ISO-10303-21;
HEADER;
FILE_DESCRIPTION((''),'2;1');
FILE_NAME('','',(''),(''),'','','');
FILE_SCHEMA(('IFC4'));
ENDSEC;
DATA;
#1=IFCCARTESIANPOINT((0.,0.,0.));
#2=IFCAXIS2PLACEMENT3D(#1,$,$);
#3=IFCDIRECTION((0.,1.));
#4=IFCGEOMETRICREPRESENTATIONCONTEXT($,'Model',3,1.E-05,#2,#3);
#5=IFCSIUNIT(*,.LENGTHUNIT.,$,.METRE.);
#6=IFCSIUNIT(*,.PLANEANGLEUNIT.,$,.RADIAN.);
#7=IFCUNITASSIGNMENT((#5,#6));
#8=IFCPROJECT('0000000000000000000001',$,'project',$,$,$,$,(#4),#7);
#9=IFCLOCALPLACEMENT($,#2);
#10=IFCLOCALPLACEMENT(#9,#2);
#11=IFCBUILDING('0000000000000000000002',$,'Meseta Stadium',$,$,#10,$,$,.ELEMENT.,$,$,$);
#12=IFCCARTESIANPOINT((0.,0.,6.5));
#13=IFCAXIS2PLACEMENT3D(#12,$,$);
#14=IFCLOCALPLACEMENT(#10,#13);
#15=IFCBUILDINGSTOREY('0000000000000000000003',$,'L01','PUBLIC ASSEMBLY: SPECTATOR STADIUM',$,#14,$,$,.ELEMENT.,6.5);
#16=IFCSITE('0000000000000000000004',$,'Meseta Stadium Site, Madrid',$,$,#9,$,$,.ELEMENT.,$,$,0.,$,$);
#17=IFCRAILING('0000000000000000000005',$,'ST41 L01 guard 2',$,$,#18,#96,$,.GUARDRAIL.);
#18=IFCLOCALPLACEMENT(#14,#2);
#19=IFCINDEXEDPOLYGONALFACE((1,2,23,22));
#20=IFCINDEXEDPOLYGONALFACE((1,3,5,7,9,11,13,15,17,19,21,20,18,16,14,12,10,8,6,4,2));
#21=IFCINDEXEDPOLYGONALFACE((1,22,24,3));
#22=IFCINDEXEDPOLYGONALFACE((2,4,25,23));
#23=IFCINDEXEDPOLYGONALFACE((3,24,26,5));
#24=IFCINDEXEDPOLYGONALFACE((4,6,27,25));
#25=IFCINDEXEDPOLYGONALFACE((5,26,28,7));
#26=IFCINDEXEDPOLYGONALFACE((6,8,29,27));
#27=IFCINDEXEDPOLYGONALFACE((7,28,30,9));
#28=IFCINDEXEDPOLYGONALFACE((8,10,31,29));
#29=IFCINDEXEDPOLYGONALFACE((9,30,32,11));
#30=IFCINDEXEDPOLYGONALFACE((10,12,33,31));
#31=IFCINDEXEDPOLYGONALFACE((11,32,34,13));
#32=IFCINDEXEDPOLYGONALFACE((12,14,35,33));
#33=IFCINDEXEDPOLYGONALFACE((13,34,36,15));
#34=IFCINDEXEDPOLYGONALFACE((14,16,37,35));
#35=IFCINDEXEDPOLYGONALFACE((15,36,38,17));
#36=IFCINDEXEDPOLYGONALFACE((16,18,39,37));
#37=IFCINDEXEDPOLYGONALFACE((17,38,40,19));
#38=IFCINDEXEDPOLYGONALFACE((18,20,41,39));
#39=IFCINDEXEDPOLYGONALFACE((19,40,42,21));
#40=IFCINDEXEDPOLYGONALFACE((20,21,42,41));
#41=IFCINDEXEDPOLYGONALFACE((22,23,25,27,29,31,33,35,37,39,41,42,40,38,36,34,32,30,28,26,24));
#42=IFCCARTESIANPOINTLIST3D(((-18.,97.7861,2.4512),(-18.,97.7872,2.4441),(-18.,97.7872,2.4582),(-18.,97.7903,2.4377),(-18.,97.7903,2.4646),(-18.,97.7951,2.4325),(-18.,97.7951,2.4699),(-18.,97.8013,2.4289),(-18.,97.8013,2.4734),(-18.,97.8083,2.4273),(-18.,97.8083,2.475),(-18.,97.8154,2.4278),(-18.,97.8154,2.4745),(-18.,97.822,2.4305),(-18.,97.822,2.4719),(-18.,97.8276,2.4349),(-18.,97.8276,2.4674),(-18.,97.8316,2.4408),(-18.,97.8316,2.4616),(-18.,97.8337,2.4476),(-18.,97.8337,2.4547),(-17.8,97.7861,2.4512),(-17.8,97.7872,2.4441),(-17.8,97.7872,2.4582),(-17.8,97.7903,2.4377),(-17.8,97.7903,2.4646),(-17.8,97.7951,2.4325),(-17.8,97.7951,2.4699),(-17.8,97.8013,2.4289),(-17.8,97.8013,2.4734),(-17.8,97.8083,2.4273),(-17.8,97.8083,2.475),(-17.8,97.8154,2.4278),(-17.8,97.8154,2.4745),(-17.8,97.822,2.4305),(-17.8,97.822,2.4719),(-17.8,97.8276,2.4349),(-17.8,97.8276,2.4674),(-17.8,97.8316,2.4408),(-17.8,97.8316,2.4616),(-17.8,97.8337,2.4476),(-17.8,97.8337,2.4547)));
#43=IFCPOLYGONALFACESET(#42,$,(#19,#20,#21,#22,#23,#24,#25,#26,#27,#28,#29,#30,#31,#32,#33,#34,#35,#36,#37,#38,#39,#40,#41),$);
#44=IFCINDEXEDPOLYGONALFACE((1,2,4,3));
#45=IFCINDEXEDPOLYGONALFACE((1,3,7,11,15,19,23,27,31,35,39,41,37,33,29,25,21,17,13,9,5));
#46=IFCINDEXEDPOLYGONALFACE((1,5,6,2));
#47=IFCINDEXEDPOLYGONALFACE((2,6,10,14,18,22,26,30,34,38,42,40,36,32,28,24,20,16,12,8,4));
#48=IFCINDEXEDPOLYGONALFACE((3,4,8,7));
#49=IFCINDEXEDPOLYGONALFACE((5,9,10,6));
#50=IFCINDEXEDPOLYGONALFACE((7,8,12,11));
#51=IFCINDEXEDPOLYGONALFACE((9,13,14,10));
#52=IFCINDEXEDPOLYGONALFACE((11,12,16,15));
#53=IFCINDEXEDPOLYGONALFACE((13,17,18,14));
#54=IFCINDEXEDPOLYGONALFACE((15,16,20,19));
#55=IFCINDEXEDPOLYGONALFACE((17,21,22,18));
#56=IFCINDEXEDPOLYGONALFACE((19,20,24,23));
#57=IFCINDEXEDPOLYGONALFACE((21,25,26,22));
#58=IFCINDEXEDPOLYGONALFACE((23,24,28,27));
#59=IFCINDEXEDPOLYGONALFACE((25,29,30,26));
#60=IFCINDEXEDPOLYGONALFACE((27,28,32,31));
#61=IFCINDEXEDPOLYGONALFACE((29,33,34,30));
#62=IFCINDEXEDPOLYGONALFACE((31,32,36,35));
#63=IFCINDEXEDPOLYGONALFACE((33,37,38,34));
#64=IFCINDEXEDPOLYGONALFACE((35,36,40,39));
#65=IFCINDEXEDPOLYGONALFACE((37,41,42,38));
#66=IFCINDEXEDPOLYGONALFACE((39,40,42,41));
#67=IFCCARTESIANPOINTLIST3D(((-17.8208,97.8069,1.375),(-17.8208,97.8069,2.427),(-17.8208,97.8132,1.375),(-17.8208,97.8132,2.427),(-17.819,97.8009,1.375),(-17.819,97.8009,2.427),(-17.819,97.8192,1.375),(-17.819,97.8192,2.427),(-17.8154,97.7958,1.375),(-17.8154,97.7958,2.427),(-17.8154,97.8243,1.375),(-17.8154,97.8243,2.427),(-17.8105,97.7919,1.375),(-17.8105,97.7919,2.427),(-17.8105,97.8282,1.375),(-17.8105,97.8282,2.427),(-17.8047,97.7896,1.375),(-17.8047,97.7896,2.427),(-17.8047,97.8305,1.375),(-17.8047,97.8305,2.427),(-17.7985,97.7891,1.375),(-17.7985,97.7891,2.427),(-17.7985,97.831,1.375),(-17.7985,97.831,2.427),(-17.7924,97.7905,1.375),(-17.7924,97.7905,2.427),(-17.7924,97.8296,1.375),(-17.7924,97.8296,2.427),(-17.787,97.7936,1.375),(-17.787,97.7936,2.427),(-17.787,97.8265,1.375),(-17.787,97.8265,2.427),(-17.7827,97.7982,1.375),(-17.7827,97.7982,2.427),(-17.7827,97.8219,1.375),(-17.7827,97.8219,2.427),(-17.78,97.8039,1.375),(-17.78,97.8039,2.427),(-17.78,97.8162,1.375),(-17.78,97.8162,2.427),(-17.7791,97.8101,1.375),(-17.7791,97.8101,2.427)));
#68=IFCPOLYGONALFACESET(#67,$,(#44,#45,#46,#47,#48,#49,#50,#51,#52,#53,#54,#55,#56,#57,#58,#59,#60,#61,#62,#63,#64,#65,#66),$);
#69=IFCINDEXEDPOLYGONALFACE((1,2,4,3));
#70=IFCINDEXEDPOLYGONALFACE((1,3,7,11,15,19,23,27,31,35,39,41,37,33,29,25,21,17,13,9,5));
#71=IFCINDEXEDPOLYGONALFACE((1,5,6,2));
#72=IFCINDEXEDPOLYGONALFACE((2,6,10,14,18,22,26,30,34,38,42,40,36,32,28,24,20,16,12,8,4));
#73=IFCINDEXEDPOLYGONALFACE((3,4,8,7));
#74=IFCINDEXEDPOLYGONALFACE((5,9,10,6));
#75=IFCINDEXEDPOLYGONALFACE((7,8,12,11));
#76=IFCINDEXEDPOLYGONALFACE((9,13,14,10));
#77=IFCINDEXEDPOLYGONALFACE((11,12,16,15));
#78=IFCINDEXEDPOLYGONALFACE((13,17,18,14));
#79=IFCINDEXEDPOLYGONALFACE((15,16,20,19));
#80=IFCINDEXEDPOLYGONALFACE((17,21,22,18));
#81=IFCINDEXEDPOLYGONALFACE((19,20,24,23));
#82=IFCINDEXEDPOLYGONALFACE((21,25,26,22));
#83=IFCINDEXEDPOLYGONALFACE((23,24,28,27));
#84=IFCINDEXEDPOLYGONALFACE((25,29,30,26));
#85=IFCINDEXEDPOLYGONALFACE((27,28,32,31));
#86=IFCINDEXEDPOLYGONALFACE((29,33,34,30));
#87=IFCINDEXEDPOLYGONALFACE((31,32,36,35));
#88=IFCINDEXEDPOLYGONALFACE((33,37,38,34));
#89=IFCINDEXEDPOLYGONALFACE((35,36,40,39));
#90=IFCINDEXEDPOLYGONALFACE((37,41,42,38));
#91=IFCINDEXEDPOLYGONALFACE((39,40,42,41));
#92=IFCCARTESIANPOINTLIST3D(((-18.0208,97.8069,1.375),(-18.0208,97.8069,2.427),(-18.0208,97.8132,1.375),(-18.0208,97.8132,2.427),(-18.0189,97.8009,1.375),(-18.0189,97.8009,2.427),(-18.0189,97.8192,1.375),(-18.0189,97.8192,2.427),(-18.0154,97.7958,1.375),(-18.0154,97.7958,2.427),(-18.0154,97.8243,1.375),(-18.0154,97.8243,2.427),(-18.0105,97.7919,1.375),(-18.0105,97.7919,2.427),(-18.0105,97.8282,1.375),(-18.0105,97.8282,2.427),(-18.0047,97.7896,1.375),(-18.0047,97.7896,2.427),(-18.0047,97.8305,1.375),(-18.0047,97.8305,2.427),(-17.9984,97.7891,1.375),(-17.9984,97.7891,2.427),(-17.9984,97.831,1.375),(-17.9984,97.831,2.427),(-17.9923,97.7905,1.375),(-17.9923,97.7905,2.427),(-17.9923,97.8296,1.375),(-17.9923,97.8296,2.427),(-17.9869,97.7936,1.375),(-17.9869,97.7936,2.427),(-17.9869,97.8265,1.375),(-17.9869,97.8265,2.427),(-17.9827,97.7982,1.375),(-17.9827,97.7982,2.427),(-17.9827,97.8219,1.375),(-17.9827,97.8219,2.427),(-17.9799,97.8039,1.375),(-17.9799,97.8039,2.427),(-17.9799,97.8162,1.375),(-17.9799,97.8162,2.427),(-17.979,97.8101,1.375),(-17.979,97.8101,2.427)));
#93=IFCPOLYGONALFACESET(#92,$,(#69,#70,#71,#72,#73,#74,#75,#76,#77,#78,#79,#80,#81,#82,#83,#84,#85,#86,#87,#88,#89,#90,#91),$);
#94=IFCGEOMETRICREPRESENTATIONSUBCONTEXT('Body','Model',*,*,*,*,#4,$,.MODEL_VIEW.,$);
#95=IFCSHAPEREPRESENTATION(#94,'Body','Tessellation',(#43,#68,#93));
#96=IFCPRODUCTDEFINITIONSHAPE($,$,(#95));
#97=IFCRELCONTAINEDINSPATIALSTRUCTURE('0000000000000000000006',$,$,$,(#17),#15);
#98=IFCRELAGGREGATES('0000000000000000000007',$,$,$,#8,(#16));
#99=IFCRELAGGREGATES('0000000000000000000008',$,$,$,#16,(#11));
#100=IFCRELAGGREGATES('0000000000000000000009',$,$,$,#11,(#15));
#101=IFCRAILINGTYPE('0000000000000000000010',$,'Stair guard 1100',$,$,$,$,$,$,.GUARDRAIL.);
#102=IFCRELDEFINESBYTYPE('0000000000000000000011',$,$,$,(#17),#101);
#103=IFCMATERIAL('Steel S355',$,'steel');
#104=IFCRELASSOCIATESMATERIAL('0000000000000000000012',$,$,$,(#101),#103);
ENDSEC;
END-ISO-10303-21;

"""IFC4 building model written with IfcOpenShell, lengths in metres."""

from ifc_helpers import new_model, si_unit, direction, frame, origin, origin_2d, place, context, subcontext, project, spatial, circle, extrude, material, type_object, element, save


model = new_model("IFC4")

# Units and contexts
model_context = context("Model", 3, precision=1e-05, world=origin(), true_north=direction((0.0, 1.0)))
body_context = subcontext(model_context, "Body", "Model", "MODEL_VIEW")
ifc_project = project(units=[si_unit("LENGTHUNIT", "METRE"), si_unit("PLANEANGLEUNIT", "RADIAN")], contexts=[model_context])

# Site, building, storey
site_placement = place(None, origin())
site = spatial("IfcSite", under=ifc_project, at=site_placement, Name="Meseta Stadium Site, Madrid", CompositionType="ELEMENT", RefElevation=0.0)
building_placement = place(site_placement, origin())
building = spatial("IfcBuilding", under=site, at=building_placement, Name="Meseta Stadium", CompositionType="ELEMENT")
storey_placement = place(building_placement, frame((0.0, 0.0, 6.5)))
storey = spatial("IfcBuildingStorey", under=building, at=storey_placement, Name="L01", Description="PUBLIC ASSEMBLY: SPECTATOR STADIUM", CompositionType="ELEMENT", Elevation=6.5)

# Railing
ifc_material_1 = material(Name="Steel S355", Category="steel")
railing_type_1 = type_object("IfcRailingType", Name="Stair guard 1100", PredefinedType="GUARDRAIL", material=ifc_material_1)
railing_1_placement = place(storey_placement, frame((-17.8, 97.8101, 1.375)))
element("IfcRailing", 1, at=railing_1_placement, inside=storey, type_object=railing_type_1, Name="ST41 L01 guard 2", PredefinedType="GUARDRAIL", context=body_context, shape_type="SweptSolid", body=[
    extrude(circle(Radius=0.0239, at=origin_2d()), frame((0.0, 0.0, 1.0762), z_axis=(-1.0, 0.0, 0.0), x_axis=(0.0, -1.0, 0.0)), (0.0, 0.0, 1.0), 0.2),
    extrude(circle(Radius=0.021, at=origin_2d()), origin(), (0.0, 0.0, 1.0), 1.052),
    extrude(circle(Radius=0.021, at=origin_2d()), frame((-0.2, 0.0, 0.0)), (0.0, 0.0, 1.0), 1.052),
])

save(model, "model.ifc")
